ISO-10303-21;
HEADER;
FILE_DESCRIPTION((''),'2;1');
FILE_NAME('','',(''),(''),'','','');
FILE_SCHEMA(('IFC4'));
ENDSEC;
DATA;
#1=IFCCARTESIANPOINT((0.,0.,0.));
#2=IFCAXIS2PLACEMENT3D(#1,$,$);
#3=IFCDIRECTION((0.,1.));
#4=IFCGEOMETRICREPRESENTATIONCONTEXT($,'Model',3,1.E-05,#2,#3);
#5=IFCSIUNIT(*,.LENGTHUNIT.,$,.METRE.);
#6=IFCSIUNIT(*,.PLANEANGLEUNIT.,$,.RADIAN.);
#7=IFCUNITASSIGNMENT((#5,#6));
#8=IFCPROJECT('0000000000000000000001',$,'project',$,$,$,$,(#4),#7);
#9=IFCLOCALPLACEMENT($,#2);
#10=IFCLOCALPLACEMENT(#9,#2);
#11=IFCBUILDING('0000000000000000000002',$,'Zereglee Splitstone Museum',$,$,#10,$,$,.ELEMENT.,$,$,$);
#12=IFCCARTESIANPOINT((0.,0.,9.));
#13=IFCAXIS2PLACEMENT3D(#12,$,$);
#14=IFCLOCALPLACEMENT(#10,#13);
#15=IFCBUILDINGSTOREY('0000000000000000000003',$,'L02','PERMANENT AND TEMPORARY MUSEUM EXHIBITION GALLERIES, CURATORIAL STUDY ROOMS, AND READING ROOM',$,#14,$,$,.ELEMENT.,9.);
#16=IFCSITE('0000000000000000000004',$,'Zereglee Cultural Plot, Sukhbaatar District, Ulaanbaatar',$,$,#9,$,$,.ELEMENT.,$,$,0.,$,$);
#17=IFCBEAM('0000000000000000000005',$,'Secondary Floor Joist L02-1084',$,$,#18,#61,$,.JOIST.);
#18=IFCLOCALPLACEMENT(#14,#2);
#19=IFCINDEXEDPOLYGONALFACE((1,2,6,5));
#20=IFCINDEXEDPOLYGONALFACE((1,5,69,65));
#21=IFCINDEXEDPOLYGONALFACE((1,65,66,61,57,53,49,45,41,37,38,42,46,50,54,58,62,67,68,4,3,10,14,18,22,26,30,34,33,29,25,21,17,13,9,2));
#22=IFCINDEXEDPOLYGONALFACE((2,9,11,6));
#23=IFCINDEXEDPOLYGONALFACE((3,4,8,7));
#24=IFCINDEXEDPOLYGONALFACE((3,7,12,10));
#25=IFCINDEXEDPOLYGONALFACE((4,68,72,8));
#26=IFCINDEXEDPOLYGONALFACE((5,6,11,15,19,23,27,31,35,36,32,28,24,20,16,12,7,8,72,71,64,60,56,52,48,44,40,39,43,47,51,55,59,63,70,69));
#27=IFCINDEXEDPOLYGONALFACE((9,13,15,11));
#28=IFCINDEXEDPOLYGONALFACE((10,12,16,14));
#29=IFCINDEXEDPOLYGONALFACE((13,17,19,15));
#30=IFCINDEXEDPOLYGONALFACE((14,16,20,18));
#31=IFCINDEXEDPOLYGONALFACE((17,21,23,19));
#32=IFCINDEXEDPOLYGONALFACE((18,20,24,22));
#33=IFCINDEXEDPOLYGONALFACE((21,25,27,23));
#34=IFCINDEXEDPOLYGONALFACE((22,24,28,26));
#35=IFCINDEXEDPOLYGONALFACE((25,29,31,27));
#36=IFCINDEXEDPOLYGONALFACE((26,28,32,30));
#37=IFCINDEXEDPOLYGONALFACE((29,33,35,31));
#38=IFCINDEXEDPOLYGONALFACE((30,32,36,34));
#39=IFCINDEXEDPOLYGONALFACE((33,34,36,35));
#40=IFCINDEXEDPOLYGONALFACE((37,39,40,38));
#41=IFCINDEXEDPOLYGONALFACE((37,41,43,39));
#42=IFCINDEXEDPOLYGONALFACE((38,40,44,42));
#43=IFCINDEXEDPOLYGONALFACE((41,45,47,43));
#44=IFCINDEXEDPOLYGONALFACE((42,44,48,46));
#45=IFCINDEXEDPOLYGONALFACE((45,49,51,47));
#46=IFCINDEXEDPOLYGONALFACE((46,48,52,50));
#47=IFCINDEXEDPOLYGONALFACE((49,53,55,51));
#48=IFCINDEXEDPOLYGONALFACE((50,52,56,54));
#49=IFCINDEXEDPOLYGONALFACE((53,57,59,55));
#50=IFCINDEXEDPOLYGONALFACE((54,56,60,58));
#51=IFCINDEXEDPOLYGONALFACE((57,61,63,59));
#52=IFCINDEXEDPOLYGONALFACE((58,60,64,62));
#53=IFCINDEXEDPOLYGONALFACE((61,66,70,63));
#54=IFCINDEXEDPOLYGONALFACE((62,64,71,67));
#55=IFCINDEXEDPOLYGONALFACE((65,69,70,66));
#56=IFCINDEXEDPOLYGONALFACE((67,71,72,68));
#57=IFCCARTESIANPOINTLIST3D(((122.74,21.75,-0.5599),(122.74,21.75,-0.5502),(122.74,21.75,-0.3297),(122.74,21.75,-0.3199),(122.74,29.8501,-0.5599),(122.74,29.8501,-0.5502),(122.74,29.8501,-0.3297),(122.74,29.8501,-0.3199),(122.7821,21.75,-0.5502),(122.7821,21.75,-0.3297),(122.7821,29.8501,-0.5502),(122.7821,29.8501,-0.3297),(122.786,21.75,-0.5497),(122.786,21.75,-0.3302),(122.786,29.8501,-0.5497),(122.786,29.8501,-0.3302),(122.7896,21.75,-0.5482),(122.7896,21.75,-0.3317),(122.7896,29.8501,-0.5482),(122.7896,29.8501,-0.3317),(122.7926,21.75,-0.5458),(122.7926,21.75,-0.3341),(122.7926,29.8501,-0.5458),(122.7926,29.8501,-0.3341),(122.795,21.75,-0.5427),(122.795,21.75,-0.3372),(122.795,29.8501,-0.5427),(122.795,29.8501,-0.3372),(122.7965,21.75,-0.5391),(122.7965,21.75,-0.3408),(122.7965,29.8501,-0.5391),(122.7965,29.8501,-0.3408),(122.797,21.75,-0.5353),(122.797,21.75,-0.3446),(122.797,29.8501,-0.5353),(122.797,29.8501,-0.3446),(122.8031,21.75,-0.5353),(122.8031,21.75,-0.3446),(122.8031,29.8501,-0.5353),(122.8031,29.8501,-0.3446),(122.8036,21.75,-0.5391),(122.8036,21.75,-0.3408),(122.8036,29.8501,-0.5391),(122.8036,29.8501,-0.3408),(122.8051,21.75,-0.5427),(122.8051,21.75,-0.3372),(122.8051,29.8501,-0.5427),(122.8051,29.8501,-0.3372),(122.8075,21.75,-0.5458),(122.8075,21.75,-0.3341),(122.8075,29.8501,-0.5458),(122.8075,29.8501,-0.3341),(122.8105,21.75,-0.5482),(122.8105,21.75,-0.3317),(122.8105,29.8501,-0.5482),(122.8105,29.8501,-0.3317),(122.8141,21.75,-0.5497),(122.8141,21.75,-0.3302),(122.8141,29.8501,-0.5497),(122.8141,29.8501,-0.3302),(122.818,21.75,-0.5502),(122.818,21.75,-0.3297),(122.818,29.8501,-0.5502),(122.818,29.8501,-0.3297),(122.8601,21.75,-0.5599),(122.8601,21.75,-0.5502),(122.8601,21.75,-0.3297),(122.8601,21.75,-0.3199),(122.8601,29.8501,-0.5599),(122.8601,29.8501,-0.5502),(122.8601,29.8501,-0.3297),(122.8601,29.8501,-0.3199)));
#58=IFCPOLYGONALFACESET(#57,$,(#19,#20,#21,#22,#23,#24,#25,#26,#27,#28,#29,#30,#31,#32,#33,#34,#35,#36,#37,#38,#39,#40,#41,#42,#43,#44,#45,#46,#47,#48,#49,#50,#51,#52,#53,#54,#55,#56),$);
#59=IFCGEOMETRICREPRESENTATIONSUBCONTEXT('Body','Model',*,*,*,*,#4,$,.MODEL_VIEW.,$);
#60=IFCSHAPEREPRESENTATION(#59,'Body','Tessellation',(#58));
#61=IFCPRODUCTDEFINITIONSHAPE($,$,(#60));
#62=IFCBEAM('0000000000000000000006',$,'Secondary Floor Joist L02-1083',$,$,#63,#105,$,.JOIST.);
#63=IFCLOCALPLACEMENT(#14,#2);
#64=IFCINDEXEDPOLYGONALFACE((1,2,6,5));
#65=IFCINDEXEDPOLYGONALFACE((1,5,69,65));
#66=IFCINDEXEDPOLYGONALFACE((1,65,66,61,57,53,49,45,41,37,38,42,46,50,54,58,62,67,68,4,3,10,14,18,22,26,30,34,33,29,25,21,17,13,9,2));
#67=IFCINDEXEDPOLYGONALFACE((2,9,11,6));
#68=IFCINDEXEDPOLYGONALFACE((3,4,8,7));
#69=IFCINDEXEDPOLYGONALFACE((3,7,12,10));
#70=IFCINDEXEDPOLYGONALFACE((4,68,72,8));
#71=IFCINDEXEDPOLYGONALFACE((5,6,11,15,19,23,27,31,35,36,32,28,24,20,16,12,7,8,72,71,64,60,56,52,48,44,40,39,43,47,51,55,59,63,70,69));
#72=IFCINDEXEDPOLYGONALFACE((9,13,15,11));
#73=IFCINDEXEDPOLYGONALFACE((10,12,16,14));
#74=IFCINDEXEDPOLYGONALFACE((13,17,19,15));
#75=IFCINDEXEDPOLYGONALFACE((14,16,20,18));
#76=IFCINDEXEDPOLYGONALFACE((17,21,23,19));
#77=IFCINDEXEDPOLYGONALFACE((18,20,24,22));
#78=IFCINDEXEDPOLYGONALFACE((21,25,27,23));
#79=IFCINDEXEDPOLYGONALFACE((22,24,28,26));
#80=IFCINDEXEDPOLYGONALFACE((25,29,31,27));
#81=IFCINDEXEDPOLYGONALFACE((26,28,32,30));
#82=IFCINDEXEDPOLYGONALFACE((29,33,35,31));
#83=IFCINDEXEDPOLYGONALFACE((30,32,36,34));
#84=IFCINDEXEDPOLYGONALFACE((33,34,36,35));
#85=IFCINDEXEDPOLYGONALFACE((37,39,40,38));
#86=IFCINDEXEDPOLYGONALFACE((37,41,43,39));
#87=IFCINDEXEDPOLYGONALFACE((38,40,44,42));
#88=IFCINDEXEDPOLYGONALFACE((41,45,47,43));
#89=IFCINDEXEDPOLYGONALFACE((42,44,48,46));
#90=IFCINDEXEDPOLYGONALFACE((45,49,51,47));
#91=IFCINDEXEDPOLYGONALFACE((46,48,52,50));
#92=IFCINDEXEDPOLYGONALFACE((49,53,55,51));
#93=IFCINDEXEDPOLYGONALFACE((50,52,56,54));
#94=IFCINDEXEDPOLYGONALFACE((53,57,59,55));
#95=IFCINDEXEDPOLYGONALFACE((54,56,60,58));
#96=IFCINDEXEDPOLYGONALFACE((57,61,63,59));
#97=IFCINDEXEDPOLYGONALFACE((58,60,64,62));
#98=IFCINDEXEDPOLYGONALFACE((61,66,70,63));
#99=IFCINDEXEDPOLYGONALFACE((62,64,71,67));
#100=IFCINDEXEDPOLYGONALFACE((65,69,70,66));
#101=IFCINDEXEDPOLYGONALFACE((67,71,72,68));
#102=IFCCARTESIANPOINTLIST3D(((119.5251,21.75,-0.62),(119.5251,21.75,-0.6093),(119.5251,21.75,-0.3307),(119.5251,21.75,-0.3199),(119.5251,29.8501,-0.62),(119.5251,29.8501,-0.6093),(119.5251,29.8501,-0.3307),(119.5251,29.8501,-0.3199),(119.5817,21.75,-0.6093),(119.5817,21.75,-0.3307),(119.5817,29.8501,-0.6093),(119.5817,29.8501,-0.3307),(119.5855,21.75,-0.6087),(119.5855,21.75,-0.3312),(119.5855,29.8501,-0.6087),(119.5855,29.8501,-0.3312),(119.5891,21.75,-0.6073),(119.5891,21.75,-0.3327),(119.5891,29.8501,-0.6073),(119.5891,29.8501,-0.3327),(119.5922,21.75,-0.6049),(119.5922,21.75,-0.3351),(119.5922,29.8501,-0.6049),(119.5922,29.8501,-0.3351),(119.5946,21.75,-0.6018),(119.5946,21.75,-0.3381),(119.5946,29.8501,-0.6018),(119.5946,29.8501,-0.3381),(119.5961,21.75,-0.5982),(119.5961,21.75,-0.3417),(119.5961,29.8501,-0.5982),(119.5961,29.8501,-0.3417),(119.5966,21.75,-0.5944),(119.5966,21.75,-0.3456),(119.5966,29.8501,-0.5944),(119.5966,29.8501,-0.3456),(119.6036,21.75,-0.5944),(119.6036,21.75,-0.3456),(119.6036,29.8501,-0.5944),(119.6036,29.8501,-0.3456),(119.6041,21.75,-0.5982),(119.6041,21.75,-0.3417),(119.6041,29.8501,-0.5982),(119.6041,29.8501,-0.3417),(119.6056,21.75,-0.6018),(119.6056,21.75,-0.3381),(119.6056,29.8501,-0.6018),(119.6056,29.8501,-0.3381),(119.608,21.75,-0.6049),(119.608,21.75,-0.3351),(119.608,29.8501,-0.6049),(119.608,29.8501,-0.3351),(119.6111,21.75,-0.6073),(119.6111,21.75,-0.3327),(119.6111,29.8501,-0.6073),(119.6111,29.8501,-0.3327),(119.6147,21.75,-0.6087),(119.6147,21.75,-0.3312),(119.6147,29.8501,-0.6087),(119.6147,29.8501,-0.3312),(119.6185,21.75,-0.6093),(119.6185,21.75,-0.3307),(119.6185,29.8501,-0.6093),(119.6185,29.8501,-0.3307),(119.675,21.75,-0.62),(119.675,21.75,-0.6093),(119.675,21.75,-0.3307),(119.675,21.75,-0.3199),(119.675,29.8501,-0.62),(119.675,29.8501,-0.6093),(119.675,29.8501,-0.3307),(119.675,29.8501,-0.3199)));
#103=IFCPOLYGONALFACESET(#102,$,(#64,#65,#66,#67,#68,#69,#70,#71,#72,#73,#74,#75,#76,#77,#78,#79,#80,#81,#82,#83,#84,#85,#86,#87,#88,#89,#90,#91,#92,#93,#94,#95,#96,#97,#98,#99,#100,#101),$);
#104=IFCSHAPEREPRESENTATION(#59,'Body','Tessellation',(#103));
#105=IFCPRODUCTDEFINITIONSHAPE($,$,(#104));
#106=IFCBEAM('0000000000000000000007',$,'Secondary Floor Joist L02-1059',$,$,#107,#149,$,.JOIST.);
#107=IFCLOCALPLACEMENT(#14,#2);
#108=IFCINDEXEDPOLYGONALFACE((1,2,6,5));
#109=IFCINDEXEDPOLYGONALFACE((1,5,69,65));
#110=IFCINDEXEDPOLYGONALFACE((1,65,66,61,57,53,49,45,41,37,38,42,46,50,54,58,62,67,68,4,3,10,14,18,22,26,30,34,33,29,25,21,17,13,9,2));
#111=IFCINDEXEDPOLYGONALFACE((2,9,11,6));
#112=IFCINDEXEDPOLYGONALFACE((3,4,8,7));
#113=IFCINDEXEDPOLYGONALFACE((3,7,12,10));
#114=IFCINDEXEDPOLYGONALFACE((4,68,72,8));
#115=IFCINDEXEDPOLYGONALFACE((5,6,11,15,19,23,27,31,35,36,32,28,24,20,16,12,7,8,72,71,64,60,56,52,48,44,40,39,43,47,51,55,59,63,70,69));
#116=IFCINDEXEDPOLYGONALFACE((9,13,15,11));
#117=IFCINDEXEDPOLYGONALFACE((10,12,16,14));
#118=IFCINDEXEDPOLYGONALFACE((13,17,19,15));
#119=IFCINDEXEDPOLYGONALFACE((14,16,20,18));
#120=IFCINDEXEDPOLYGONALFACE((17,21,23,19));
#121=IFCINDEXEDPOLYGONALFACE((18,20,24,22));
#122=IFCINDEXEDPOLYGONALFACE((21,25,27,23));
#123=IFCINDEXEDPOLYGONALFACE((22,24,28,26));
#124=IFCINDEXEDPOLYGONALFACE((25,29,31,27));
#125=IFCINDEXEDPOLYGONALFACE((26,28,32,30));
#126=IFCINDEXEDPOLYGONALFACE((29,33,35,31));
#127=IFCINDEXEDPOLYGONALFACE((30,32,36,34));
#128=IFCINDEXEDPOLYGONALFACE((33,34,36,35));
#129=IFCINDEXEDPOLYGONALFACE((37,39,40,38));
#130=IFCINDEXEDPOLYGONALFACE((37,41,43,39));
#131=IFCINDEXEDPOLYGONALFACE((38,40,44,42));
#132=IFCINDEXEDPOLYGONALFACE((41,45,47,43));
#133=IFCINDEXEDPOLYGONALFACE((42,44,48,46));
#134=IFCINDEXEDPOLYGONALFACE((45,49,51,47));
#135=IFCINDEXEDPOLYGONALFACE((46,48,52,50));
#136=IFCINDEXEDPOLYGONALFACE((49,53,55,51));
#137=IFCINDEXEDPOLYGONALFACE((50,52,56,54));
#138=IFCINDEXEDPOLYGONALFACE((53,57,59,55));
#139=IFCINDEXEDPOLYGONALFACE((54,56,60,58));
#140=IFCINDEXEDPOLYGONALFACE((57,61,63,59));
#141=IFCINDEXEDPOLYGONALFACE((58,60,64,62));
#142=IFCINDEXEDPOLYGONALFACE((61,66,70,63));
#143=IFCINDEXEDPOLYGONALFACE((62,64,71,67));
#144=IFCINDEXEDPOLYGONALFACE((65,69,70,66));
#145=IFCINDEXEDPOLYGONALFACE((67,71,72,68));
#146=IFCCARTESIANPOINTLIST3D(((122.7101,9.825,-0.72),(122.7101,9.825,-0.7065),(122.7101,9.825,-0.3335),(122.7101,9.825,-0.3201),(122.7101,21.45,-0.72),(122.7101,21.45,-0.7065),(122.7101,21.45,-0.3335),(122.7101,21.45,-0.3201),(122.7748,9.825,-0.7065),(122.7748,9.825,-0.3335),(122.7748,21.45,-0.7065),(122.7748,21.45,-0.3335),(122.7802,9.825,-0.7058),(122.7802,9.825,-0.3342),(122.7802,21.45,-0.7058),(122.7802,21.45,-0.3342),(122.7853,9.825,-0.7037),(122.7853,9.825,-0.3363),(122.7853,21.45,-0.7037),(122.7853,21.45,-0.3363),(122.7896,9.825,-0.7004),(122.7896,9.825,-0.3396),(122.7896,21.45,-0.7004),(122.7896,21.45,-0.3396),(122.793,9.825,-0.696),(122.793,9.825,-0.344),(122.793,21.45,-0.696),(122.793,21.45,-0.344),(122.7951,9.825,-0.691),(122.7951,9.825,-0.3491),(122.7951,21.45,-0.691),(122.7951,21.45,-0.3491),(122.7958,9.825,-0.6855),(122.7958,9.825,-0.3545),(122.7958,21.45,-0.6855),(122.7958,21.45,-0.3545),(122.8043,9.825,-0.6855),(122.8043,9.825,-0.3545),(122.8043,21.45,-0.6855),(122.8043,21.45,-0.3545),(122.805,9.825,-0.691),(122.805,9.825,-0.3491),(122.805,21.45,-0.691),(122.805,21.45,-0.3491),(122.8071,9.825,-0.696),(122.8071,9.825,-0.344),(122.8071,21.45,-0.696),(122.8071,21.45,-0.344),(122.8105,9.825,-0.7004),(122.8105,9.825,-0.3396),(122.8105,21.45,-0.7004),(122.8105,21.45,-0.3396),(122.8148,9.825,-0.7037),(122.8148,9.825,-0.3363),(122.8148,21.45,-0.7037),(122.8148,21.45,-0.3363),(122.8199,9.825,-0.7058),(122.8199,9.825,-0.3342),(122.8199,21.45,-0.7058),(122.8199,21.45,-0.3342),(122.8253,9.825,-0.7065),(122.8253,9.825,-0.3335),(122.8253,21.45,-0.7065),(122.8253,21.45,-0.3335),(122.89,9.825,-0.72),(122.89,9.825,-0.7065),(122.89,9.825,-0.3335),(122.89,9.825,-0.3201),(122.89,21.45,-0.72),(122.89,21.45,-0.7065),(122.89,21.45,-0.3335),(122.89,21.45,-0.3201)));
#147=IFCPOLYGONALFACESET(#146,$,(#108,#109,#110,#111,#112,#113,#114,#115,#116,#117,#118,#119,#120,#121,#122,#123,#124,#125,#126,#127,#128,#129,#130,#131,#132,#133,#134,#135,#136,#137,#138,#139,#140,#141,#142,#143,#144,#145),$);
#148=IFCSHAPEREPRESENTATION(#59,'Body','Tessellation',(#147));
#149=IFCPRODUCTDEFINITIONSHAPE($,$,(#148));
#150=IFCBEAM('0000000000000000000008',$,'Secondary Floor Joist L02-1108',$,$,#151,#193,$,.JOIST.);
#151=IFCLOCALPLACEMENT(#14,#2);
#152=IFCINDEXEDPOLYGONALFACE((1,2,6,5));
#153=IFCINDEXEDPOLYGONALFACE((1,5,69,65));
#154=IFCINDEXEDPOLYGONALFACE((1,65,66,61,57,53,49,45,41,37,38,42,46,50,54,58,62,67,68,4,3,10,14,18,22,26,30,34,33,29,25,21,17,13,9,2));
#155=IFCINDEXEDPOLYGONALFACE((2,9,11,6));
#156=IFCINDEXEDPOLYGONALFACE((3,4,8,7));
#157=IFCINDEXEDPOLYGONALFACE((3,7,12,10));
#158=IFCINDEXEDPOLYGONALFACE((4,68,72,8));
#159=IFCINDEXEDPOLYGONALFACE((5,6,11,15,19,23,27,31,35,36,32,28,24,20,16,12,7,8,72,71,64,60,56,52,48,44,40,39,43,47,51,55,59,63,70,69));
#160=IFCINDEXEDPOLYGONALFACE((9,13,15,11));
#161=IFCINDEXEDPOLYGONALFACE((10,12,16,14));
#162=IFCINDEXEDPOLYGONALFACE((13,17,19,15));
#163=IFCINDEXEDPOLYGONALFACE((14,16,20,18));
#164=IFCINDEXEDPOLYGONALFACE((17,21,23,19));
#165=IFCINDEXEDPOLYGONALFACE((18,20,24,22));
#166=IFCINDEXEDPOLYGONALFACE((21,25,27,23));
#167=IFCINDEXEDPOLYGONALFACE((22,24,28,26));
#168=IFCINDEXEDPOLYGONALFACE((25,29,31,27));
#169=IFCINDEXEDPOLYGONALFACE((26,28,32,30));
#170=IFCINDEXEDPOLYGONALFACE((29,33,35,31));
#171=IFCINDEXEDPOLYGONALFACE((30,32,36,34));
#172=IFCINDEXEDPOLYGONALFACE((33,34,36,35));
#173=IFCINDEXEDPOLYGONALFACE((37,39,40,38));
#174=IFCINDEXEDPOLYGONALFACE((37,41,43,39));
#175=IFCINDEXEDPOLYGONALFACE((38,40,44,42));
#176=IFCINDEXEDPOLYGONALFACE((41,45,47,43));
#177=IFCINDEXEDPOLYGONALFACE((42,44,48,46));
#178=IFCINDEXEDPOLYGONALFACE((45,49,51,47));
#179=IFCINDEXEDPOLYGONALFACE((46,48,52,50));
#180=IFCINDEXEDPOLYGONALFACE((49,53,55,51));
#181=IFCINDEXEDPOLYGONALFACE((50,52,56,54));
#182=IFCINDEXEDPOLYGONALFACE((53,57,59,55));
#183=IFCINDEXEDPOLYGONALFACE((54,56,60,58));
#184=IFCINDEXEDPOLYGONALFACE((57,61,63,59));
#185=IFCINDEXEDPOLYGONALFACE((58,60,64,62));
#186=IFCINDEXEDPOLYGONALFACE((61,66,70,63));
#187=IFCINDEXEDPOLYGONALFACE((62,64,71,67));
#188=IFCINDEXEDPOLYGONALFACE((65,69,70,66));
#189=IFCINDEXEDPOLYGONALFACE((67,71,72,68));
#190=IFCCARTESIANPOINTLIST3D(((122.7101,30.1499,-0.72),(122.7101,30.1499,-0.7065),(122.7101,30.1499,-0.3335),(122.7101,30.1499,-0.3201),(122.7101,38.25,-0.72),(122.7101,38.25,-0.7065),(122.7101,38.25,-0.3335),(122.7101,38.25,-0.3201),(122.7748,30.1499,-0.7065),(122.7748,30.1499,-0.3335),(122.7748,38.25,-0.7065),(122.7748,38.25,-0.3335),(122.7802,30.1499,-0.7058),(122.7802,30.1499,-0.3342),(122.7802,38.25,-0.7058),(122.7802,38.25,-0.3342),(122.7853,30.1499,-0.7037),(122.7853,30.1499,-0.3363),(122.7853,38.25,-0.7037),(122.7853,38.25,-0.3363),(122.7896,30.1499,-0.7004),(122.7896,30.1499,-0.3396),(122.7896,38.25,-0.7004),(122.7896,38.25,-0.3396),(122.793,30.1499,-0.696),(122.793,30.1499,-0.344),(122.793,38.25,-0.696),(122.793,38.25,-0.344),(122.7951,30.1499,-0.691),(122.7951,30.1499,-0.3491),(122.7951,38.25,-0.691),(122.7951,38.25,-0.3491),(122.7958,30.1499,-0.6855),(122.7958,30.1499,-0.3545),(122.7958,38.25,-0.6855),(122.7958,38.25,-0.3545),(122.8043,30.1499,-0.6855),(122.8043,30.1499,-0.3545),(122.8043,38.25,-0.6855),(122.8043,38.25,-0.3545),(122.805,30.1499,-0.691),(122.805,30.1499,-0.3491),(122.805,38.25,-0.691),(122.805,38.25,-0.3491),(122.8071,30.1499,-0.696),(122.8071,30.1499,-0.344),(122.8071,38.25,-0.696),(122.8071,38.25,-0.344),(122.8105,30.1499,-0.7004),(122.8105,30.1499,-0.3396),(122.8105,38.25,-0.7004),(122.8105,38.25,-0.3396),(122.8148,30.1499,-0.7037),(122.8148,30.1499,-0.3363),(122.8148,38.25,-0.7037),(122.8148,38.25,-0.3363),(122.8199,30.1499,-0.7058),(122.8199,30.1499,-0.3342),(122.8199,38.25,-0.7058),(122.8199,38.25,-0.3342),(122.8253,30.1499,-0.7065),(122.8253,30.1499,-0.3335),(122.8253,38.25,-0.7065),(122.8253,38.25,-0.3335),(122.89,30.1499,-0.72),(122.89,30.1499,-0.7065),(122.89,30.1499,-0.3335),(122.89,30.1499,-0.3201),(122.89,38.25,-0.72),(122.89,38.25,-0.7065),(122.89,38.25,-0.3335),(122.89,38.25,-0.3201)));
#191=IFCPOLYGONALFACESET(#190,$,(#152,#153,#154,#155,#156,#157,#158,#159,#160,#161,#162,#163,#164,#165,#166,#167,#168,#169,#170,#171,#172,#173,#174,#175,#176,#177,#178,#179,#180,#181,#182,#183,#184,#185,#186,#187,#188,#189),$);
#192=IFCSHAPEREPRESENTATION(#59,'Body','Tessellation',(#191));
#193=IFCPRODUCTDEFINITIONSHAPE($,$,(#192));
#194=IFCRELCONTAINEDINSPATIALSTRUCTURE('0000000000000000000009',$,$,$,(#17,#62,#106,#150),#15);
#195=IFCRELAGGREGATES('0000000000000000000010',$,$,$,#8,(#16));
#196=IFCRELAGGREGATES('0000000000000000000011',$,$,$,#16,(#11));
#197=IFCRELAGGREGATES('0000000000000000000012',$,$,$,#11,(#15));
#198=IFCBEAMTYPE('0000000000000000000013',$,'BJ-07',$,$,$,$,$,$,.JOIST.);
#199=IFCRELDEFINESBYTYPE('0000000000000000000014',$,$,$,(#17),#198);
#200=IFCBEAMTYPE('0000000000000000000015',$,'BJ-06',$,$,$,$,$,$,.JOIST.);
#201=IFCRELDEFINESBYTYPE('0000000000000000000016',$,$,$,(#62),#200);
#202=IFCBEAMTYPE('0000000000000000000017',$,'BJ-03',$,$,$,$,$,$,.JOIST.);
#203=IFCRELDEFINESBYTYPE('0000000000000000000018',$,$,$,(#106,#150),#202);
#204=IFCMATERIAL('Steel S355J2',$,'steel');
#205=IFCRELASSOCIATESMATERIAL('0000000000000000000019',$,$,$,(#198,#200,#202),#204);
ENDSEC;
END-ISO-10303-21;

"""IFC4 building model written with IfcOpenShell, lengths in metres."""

from ifc_helpers import new_model, si_unit, direction, frame, origin, origin_2d, place, context, subcontext, project, spatial, i_section, extrude, material, material_profile, profile_set, type_object, element, save


model = new_model("IFC4")

# Units and contexts
model_context = context("Model", 3, precision=1e-05, world=origin(), true_north=direction((0.0, 1.0)))
body_context = subcontext(model_context, "Body", "Model", "MODEL_VIEW")
ifc_project = project(units=[si_unit("LENGTHUNIT", "METRE"), si_unit("PLANEANGLEUNIT", "RADIAN")], contexts=[model_context])

# Site, building, storey
site_placement = place(None, origin())
site = spatial("IfcSite", under=ifc_project, at=site_placement, Name="Zereglee Cultural Plot, Sukhbaatar District, Ulaanbaatar", CompositionType="ELEMENT", RefElevation=0.0)
building_placement = place(site_placement, origin())
building = spatial("IfcBuilding", under=site, at=building_placement, Name="Zereglee Splitstone Museum", CompositionType="ELEMENT")
storey_placement = place(building_placement, frame((0.0, 0.0, 9.0)))
storey = spatial("IfcBuildingStorey", under=building, at=storey_placement, Name="L02", Description="PERMANENT AND TEMPORARY MUSEUM EXHIBITION GALLERIES, CURATORIAL STUDY ROOMS, AND READING ROOM", CompositionType="ELEMENT", Elevation=9.0)

# Shared definitions
ifc_material_1 = material(Name="Steel S355J2", Category="steel")

# Beams
ifc_material_profile_1 = material_profile(ifc_material_1, i_section(OverallWidth=0.1201, OverallDepth=0.24, WebThickness=0.0061, FlangeThickness=0.0098, FilletRadius=0.0149, at=origin_2d()), Name="IPE 240")
ifc_profile_set_1 = profile_set([ifc_material_profile_1], Name="Steel S355J2")
beam_type_1 = type_object("IfcBeamType", Name="BJ-07", PredefinedType="JOIST", material=ifc_profile_set_1)
beam_1_placement = place(storey_placement, frame((122.8, 21.75, -0.4399), z_axis=(0.0, 1.0, 0.0), x_axis=(-1.0, 0.0, 0.0)))
element("IfcBeam", 1, at=beam_1_placement, inside=storey, type_object=beam_type_1, Name="Secondary Floor Joist L02-1084", PredefinedType="JOIST", context=body_context, shape_type="SweptSolid", body=[
    extrude(i_section(OverallWidth=0.1201, OverallDepth=0.24, WebThickness=0.0061, FlangeThickness=0.0098, FilletRadius=0.0149, at=origin_2d()), origin(), (0.0, 0.0, 1.0), 8.1001),
])
ifc_material_profile_2 = material_profile(ifc_material_1, i_section(OverallWidth=0.1499, OverallDepth=0.3, WebThickness=0.0071, FlangeThickness=0.0107, FilletRadius=0.0149, at=origin_2d()), Name="IPE 300")
ifc_profile_set_2 = profile_set([ifc_material_profile_2], Name="Steel S355J2")
beam_type_2 = type_object("IfcBeamType", Name="BJ-06", PredefinedType="JOIST", material=ifc_profile_set_2)
beam_2_placement = place(storey_placement, frame((119.6001, 21.75, -0.47), z_axis=(0.0, 1.0, 0.0), x_axis=(-1.0, 0.0, 0.0)))
element("IfcBeam", 2, at=beam_2_placement, inside=storey, type_object=beam_type_2, Name="Secondary Floor Joist L02-1083", PredefinedType="JOIST", context=body_context, shape_type="SweptSolid", body=[
    extrude(i_section(OverallWidth=0.1499, OverallDepth=0.3, WebThickness=0.0071, FlangeThickness=0.0107, FilletRadius=0.0149, at=origin_2d()), origin(), (0.0, 0.0, 1.0), 8.1001),
])
ifc_material_profile_3 = material_profile(ifc_material_1, i_section(OverallWidth=0.1799, OverallDepth=0.3999, WebThickness=0.0085, FlangeThickness=0.0134, FilletRadius=0.021, at=origin_2d()), Name="IPE 400")
ifc_profile_set_3 = profile_set([ifc_material_profile_3], Name="Steel S355J2")
beam_type_3 = type_object("IfcBeamType", Name="BJ-03", PredefinedType="JOIST", material=ifc_profile_set_3)
beam_3_placement = place(storey_placement, frame((122.8, 9.825, -0.52), z_axis=(0.0, 1.0, 0.0), x_axis=(-1.0, 0.0, 0.0)))
element("IfcBeam", 3, at=beam_3_placement, inside=storey, type_object=beam_type_3, Name="Secondary Floor Joist L02-1059", PredefinedType="JOIST", context=body_context, shape_type="SweptSolid", body=[
    extrude(i_section(OverallWidth=0.1799, OverallDepth=0.3999, WebThickness=0.0085, FlangeThickness=0.0134, FilletRadius=0.021, at=origin_2d()), origin(), (0.0, 0.0, 1.0), 11.625),
])
beam_4_placement = place(storey_placement, frame((122.8, 30.1499, -0.52), z_axis=(0.0, 1.0, 0.0), x_axis=(-1.0, 0.0, 0.0)))
element("IfcBeam", 4, at=beam_4_placement, inside=storey, type_object=beam_type_3, Name="Secondary Floor Joist L02-1108", PredefinedType="JOIST", context=body_context, shape_type="SweptSolid", body=[
    extrude(i_section(OverallWidth=0.1799, OverallDepth=0.3999, WebThickness=0.0085, FlangeThickness=0.0134, FilletRadius=0.021, at=origin_2d()), origin(), (0.0, 0.0, 1.0), 8.1001),
])

save(model, "model.ifc")
